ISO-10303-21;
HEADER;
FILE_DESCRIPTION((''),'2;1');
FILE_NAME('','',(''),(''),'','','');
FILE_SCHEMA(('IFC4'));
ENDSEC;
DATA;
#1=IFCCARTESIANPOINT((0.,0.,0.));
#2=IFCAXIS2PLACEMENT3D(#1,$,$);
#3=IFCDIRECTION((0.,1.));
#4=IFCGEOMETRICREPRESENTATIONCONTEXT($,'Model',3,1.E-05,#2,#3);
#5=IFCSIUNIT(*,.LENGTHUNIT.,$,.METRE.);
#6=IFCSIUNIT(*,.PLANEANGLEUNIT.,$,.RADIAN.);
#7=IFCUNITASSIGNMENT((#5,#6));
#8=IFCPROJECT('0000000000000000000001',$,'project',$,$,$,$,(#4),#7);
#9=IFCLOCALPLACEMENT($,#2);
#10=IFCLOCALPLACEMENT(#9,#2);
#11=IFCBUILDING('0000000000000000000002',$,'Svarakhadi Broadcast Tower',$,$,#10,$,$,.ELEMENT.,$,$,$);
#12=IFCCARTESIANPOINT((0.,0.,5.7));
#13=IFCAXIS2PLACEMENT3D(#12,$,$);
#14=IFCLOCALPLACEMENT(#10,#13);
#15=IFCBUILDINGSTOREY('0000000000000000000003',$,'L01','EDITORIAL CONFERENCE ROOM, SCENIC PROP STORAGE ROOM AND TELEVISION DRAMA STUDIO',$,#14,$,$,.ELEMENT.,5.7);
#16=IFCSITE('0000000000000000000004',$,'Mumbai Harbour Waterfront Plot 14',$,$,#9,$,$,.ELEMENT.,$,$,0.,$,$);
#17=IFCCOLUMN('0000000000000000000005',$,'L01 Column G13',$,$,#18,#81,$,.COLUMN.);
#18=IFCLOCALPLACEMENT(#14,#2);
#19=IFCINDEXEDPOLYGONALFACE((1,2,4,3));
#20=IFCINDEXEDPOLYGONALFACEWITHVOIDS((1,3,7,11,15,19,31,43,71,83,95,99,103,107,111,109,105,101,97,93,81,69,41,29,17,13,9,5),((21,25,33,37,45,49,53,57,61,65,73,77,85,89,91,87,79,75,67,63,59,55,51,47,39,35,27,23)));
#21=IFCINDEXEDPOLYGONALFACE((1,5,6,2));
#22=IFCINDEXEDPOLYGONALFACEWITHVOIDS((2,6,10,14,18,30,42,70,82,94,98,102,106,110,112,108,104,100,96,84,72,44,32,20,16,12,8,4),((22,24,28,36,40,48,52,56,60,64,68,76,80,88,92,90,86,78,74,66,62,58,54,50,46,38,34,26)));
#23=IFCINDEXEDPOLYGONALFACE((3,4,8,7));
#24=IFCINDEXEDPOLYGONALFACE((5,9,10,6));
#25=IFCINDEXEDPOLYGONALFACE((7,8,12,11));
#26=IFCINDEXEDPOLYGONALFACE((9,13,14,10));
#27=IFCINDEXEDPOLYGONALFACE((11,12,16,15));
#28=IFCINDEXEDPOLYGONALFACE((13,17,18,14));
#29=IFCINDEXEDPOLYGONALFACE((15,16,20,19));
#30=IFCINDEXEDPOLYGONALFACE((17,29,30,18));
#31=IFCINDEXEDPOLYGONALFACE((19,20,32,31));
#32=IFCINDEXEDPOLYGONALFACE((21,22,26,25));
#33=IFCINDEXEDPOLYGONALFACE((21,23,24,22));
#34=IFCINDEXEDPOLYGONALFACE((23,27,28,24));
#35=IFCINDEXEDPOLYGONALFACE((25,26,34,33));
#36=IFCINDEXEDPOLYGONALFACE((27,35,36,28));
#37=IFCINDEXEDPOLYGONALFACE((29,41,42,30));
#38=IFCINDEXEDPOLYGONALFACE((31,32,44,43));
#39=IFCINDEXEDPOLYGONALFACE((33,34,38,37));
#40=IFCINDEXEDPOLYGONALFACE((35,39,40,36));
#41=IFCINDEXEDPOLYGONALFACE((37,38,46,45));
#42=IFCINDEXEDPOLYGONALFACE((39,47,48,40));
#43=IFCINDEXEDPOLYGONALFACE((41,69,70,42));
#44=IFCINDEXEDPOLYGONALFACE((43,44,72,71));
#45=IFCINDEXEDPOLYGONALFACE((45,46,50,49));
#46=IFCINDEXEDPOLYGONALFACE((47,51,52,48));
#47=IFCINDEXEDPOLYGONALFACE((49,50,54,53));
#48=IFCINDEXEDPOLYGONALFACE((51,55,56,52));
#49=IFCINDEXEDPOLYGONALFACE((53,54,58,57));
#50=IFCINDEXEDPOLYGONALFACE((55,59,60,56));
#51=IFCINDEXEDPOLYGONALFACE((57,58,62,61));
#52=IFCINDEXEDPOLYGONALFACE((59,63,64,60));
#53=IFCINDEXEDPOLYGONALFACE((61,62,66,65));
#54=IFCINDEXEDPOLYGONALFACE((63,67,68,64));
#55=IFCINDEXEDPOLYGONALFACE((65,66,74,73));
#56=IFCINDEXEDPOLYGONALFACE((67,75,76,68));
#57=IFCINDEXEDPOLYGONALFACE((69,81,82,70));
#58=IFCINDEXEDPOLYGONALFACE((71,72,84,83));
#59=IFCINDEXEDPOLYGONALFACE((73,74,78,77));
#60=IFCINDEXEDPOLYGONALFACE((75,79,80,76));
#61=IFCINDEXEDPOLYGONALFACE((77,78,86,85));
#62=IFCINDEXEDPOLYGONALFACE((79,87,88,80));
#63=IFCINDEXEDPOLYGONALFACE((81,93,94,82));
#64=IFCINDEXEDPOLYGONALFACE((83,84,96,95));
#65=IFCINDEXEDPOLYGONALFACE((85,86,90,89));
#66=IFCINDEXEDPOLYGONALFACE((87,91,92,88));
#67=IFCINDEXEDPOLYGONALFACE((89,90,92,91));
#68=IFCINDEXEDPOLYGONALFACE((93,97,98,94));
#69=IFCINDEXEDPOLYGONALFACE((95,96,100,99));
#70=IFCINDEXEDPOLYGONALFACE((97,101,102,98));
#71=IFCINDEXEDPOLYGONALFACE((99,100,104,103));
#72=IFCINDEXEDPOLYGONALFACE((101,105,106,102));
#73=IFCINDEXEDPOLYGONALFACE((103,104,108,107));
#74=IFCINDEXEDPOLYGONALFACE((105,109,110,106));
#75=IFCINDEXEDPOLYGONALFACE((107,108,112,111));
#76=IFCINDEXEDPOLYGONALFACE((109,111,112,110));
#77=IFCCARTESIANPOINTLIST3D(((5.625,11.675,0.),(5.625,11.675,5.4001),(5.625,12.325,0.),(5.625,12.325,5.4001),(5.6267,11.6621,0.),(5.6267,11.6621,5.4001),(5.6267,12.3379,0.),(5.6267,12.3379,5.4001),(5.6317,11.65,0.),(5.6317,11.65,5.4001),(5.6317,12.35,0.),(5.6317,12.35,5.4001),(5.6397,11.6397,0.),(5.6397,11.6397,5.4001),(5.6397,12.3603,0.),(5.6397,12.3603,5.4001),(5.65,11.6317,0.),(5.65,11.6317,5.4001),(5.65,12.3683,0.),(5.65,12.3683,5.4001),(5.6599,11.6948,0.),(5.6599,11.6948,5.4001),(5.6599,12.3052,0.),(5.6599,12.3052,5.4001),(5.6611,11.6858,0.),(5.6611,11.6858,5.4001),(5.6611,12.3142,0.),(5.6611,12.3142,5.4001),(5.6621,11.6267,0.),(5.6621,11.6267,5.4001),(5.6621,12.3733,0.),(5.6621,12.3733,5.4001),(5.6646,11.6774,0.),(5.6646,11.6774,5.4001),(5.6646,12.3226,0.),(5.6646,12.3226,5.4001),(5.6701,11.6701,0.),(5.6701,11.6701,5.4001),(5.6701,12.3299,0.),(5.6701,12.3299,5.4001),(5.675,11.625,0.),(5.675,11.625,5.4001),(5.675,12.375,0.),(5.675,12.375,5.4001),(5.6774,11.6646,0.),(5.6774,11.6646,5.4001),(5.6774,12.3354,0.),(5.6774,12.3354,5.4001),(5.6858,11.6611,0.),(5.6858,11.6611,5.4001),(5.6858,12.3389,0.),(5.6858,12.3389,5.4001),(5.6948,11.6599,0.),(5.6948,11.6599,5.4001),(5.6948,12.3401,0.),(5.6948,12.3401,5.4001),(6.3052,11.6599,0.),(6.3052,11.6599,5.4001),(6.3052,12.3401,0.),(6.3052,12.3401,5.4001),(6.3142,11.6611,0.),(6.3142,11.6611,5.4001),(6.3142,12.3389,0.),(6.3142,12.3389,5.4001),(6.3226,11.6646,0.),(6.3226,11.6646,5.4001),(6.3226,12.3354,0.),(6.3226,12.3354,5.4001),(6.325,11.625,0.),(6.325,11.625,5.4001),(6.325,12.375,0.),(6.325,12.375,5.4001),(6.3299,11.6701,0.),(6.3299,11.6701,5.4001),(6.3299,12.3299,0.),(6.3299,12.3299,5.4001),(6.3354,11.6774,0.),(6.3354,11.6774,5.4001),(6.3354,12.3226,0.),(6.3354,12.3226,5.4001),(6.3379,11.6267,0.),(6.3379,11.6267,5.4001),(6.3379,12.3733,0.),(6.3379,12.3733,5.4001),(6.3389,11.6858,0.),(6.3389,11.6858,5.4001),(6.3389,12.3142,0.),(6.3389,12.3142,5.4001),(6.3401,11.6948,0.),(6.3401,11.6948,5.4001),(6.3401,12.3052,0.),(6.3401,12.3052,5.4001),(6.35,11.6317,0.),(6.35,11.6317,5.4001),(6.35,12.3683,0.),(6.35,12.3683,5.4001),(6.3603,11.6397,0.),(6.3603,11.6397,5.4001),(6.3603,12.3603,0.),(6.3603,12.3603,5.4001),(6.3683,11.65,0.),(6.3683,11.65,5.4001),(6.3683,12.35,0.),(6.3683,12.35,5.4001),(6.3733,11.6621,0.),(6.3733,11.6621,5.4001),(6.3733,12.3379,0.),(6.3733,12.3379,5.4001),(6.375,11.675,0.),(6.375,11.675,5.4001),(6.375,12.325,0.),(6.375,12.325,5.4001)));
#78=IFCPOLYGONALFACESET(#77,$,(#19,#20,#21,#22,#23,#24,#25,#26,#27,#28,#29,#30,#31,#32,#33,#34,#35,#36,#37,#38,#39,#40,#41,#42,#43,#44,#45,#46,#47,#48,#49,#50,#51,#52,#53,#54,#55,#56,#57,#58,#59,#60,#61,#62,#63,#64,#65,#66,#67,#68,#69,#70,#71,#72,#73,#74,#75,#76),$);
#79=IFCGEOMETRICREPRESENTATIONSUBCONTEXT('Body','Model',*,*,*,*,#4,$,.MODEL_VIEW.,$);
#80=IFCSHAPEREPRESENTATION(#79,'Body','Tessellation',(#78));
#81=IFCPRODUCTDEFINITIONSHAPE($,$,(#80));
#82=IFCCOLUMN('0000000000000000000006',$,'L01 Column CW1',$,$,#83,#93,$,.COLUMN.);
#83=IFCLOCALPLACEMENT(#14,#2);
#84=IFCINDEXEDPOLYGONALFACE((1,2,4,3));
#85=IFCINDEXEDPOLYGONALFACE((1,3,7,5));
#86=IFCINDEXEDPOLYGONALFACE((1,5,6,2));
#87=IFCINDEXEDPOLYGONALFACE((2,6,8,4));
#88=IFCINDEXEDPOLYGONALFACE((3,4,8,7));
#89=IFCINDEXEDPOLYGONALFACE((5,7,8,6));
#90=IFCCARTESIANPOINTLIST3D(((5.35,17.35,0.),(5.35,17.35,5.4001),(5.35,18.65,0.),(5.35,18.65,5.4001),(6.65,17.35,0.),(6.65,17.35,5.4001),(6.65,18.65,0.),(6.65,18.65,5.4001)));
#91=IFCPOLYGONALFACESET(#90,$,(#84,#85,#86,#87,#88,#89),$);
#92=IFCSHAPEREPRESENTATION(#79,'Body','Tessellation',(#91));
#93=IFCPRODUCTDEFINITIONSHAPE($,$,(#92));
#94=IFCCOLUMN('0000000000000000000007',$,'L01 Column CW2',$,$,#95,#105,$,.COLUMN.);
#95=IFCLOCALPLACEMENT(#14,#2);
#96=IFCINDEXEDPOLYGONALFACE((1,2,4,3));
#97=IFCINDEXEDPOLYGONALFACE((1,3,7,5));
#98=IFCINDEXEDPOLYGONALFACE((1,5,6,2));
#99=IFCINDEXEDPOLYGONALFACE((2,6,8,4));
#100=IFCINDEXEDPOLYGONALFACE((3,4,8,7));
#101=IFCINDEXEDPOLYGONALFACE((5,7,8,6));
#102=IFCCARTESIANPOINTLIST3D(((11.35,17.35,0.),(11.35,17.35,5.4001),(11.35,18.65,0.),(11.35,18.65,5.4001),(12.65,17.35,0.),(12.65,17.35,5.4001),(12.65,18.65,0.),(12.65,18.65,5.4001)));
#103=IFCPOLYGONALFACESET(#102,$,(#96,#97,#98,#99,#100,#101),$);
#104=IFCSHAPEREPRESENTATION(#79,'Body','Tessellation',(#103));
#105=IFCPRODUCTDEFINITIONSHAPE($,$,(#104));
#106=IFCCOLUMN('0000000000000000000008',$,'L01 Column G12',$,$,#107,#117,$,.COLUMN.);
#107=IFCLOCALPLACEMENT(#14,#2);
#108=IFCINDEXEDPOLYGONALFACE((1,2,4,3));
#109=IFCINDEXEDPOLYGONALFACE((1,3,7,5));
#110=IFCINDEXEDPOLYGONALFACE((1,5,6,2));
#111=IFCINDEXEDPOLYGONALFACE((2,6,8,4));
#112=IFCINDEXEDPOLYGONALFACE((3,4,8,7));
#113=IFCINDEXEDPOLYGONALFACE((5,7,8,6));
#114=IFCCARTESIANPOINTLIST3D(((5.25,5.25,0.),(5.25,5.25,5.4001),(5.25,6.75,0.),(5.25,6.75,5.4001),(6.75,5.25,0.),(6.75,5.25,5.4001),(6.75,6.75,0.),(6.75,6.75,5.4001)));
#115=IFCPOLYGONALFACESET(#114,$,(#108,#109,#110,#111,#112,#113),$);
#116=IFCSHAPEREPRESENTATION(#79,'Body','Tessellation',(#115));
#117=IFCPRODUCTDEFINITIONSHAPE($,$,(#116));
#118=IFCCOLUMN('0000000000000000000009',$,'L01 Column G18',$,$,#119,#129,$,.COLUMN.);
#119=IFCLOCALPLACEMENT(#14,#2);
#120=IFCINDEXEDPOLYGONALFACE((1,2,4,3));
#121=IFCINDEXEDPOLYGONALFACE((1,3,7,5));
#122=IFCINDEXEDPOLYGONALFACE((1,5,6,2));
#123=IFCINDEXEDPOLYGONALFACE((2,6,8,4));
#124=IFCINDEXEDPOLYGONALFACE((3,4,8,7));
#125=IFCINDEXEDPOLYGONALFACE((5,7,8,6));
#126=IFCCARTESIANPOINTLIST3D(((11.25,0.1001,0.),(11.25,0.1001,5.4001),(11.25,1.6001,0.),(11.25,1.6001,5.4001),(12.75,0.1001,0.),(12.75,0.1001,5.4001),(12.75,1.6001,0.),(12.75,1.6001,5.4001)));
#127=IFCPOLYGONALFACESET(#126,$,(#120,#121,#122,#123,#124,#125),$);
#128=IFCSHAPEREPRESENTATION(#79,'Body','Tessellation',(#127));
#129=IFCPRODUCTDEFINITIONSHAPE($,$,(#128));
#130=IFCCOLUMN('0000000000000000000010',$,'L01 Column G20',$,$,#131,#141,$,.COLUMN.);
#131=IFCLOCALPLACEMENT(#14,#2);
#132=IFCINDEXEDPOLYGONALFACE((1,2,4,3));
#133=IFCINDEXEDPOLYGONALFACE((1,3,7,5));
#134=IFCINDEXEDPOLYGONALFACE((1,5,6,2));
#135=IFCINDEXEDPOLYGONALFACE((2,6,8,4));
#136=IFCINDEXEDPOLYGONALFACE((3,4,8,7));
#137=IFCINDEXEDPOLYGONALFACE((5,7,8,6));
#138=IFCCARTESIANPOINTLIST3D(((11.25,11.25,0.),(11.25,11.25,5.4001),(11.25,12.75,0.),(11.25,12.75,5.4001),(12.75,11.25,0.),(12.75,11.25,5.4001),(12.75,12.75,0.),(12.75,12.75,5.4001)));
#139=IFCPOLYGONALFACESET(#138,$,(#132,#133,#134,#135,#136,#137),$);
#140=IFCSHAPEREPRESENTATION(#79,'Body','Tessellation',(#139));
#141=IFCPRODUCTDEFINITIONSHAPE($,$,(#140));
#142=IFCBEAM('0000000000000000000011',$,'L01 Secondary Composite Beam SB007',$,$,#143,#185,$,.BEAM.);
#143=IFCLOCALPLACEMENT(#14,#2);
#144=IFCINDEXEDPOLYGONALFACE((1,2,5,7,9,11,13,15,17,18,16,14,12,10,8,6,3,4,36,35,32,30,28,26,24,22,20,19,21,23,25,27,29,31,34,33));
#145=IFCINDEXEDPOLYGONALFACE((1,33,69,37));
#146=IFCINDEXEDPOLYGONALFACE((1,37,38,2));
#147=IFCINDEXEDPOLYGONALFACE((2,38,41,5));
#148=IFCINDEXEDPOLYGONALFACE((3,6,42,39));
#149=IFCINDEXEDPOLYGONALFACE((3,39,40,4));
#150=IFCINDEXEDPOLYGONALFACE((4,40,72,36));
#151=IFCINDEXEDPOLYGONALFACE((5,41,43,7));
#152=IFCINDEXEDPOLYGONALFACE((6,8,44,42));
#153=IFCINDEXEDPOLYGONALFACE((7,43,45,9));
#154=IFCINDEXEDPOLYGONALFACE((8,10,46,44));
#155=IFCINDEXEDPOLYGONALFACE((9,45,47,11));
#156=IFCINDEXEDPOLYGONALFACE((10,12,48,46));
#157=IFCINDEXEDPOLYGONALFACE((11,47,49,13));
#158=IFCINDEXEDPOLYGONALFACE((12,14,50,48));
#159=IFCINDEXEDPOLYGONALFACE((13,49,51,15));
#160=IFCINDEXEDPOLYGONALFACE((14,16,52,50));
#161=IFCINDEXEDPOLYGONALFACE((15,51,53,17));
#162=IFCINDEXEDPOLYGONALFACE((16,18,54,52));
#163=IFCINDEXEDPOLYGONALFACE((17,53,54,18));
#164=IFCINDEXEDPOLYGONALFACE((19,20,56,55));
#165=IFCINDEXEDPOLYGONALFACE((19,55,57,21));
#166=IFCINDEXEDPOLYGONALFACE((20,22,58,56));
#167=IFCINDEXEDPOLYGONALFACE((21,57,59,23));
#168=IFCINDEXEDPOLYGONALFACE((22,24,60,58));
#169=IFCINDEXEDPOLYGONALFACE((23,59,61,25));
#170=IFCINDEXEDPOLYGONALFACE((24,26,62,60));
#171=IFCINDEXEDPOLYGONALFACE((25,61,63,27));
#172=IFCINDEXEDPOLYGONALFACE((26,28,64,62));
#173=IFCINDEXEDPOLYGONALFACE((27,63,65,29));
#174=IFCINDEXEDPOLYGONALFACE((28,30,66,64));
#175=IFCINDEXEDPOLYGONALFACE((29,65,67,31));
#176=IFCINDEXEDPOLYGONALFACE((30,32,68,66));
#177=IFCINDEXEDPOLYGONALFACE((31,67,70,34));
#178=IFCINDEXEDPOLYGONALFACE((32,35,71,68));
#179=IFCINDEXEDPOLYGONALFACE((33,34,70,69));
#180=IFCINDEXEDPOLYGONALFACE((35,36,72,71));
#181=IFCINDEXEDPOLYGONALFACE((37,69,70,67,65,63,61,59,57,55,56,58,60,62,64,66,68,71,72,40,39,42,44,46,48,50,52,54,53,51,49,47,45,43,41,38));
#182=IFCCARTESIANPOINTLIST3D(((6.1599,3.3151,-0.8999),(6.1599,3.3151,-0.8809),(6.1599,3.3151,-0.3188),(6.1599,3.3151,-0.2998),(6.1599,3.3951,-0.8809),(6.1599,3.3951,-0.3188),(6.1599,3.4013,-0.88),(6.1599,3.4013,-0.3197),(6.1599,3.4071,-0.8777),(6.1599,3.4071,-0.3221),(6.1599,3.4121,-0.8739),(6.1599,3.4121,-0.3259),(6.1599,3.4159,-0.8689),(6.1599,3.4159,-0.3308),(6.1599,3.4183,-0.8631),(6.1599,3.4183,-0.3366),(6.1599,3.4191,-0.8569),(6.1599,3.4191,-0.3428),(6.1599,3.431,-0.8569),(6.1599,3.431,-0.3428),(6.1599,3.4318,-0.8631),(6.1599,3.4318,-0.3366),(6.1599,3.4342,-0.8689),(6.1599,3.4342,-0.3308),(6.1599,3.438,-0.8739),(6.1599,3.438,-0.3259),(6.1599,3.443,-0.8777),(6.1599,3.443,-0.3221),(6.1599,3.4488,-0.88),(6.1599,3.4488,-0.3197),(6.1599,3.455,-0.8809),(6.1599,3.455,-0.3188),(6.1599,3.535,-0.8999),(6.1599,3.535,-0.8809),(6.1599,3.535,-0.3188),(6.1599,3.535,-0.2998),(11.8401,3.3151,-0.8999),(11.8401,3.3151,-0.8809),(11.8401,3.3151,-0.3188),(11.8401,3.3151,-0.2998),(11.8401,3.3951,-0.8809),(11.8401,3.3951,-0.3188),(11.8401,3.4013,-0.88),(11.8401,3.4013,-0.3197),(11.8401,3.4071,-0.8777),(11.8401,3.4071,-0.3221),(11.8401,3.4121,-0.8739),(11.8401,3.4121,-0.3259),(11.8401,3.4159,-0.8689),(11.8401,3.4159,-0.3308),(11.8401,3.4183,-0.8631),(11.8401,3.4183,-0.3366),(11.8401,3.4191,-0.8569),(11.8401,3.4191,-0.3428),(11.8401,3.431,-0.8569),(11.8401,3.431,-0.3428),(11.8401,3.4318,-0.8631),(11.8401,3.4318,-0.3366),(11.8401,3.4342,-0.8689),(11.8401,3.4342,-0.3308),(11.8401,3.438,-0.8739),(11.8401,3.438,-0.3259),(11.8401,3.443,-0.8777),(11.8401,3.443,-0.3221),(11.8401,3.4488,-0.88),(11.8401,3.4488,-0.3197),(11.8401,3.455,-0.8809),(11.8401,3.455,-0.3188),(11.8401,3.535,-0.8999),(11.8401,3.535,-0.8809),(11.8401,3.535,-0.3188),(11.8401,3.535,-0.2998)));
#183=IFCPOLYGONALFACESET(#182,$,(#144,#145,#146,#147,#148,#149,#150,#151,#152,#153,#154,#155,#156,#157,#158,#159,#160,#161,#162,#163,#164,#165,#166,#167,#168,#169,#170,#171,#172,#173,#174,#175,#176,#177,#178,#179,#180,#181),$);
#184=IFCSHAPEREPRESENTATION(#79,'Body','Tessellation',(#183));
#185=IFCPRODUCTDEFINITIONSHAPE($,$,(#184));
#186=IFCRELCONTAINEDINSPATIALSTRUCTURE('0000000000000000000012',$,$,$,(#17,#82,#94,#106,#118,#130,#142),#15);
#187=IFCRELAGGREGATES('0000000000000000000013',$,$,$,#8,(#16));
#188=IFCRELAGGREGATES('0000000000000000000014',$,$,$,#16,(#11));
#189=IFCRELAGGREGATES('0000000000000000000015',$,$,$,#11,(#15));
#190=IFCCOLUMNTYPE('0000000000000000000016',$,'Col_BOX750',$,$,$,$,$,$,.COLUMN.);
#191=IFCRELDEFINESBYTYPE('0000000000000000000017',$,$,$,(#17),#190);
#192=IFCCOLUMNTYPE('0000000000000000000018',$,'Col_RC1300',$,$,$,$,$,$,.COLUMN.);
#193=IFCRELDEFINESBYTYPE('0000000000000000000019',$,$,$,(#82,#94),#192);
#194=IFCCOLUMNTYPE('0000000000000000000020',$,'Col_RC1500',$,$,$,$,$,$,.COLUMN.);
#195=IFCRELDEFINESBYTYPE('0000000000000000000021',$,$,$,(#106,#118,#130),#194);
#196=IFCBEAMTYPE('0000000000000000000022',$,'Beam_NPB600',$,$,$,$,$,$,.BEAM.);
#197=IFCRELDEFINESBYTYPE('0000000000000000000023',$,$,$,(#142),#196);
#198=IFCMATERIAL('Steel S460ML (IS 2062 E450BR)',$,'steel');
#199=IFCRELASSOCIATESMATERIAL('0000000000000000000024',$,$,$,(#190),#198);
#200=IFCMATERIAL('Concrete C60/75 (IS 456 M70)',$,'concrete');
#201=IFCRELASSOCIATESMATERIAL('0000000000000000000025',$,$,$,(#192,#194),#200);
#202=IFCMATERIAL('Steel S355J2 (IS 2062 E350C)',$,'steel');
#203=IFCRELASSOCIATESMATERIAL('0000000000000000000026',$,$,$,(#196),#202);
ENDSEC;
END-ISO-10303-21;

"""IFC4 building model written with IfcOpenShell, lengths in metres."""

from ifc_helpers import new_model, si_unit, direction, frame, origin, origin_2d, place, context, subcontext, project, spatial, rectangle, hollow_rectangle, i_section, extrude, material, material_profile, profile_set, type_object, element, save


model = new_model("IFC4")

# Units and contexts
model_context = context("Model", 3, precision=1e-05, world=origin(), true_north=direction((0.0, 1.0)))
body_context = subcontext(model_context, "Body", "Model", "MODEL_VIEW")
ifc_project = project(units=[si_unit("LENGTHUNIT", "METRE"), si_unit("PLANEANGLEUNIT", "RADIAN")], contexts=[model_context])

# Site, building, storey
site_placement = place(None, origin())
site = spatial("IfcSite", under=ifc_project, at=site_placement, Name="Mumbai Harbour Waterfront Plot 14", CompositionType="ELEMENT", RefElevation=0.0)
building_placement = place(site_placement, origin())
building = spatial("IfcBuilding", under=site, at=building_placement, Name="Svarakhadi Broadcast Tower", CompositionType="ELEMENT")
storey_placement = place(building_placement, frame((0.0, 0.0, 5.7)))
storey = spatial("IfcBuildingStorey", under=building, at=storey_placement, Name="L01", Description="EDITORIAL CONFERENCE ROOM, SCENIC PROP STORAGE ROOM AND TELEVISION DRAMA STUDIO", CompositionType="ELEMENT", Elevation=5.7)

# Columns
ifc_material_1 = material(Name="Steel S460ML (IS 2062 E450BR)", Category="steel")
ifc_material_profile_1 = material_profile(ifc_material_1, hollow_rectangle(XDim=0.75, YDim=0.75, WallThickness=0.0349, InnerFilletRadius=0.0349, OuterFilletRadius=0.05, at=origin_2d()), Name="BOX 750x750x35")
ifc_profile_set_1 = profile_set([ifc_material_profile_1], Name="Steel S460ML (IS 2062 E450BR)")
column_type_1 = type_object("IfcColumnType", Name="Col_BOX750", PredefinedType="COLUMN", material=ifc_profile_set_1)
column_placement = place(storey_placement, frame((6.0, 12.0, 0.0), z_axis=(0.0, 0.0, 1.0), x_axis=(1.0, 0.0, 0.0)))
element("IfcColumn", 1, at=column_placement, inside=storey, type_object=column_type_1, Name="L01 Column G13", PredefinedType="COLUMN", context=body_context, shape_type="SweptSolid", body=[
    extrude(hollow_rectangle(XDim=0.75, YDim=0.75, WallThickness=0.0349, InnerFilletRadius=0.0349, OuterFilletRadius=0.05, at=origin_2d()), origin(), (0.0, 0.0, 1.0), 5.4001),
])
ifc_material_2 = material(Name="Concrete C60/75 (IS 456 M70)", Category="concrete")
ifc_material_profile_2 = material_profile(ifc_material_2, rectangle(XDim=1.3, YDim=1.3, at=origin_2d()), Name="RC 1300x1300")
ifc_profile_set_2 = profile_set([ifc_material_profile_2], Name="Concrete C60/75 (IS 456 M70)")
column_type_2 = type_object("IfcColumnType", Name="Col_RC1300", PredefinedType="COLUMN", material=ifc_profile_set_2)
for number, where, z_axis, x_axis, name in (
    (2, (6.0, 18.0, 0.0), (0.0, 0.0, 1.0), (1.0, 0.0, 0.0), "L01 Column CW1"),
    (3, (12.0, 18.0, 0.0), (0.0, 0.0, 1.0), (1.0, 0.0, 0.0), "L01 Column CW2"),
):
    element("IfcColumn", number, at=place(storey_placement, frame(where, z_axis=z_axis, x_axis=x_axis)), inside=storey, type_object=column_type_2, Name=name, PredefinedType="COLUMN", context=body_context, shape_type="SweptSolid", body=[
        extrude(rectangle(XDim=1.3, YDim=1.3, at=origin_2d()), origin(), (0.0, 0.0, 1.0), 5.4001),
    ])
ifc_material_profile_3 = material_profile(ifc_material_2, rectangle(XDim=1.5, YDim=1.5, at=origin_2d()), Name="RC 1500x1500")
ifc_profile_set_3 = profile_set([ifc_material_profile_3], Name="Concrete C60/75 (IS 456 M70)")
column_type_3 = type_object("IfcColumnType", Name="Col_RC1500", PredefinedType="COLUMN", material=ifc_profile_set_3)
for number, where, z_axis, x_axis, name in (
    (4, (6.0, 6.0, 0.0), (0.0, 0.0, 1.0), (1.0, 0.0, 0.0), "L01 Column G12"),
    (5, (12.0, 0.8501, 0.0), (0.0, 0.0, 1.0), (1.0, 0.0, 0.0), "L01 Column G18"),
    (6, (12.0, 12.0, 0.0), (0.0, 0.0, 1.0), (1.0, 0.0, 0.0), "L01 Column G20"),
):
    element("IfcColumn", number, at=place(storey_placement, frame(where, z_axis=z_axis, x_axis=x_axis)), inside=storey, type_object=column_type_3, Name=name, PredefinedType="COLUMN", context=body_context, shape_type="SweptSolid", body=[
        extrude(rectangle(XDim=1.5, YDim=1.5, at=origin_2d()), origin(), (0.0, 0.0, 1.0), 5.4001),
    ])

# Beam
ifc_material_3 = material(Name="Steel S355J2 (IS 2062 E350C)", Category="steel")
ifc_material_profile_4 = material_profile(ifc_material_3, i_section(OverallWidth=0.22, OverallDepth=0.6001, WebThickness=0.012, FlangeThickness=0.019, FilletRadius=0.0239, at=origin_2d()), Name="NPB 600x220x122")
ifc_profile_set_4 = profile_set([ifc_material_profile_4], Name="Steel S355J2 (IS 2062 E350C)")
beam_type_1 = type_object("IfcBeamType", Name="Beam_NPB600", PredefinedType="BEAM", material=ifc_profile_set_4)
for number, where, z_axis, x_axis, name in (
    (7, (6.1599, 3.425, -0.5999), (1.0, 0.0, 0.0), (0.0, 1.0, 0.0), "L01 Secondary Composite Beam SB007"),
):
    element("IfcBeam", number, at=place(storey_placement, frame(where, z_axis=z_axis, x_axis=x_axis)), inside=storey, type_object=beam_type_1, Name=name, PredefinedType="BEAM", context=body_context, shape_type="SweptSolid", body=[
        extrude(i_section(OverallWidth=0.22, OverallDepth=0.6001, WebThickness=0.012, FlangeThickness=0.019, FilletRadius=0.0239, at=origin_2d()), origin(), (0.0, 0.0, 1.0), 5.6802),
    ])

save(model, "model.ifc")
